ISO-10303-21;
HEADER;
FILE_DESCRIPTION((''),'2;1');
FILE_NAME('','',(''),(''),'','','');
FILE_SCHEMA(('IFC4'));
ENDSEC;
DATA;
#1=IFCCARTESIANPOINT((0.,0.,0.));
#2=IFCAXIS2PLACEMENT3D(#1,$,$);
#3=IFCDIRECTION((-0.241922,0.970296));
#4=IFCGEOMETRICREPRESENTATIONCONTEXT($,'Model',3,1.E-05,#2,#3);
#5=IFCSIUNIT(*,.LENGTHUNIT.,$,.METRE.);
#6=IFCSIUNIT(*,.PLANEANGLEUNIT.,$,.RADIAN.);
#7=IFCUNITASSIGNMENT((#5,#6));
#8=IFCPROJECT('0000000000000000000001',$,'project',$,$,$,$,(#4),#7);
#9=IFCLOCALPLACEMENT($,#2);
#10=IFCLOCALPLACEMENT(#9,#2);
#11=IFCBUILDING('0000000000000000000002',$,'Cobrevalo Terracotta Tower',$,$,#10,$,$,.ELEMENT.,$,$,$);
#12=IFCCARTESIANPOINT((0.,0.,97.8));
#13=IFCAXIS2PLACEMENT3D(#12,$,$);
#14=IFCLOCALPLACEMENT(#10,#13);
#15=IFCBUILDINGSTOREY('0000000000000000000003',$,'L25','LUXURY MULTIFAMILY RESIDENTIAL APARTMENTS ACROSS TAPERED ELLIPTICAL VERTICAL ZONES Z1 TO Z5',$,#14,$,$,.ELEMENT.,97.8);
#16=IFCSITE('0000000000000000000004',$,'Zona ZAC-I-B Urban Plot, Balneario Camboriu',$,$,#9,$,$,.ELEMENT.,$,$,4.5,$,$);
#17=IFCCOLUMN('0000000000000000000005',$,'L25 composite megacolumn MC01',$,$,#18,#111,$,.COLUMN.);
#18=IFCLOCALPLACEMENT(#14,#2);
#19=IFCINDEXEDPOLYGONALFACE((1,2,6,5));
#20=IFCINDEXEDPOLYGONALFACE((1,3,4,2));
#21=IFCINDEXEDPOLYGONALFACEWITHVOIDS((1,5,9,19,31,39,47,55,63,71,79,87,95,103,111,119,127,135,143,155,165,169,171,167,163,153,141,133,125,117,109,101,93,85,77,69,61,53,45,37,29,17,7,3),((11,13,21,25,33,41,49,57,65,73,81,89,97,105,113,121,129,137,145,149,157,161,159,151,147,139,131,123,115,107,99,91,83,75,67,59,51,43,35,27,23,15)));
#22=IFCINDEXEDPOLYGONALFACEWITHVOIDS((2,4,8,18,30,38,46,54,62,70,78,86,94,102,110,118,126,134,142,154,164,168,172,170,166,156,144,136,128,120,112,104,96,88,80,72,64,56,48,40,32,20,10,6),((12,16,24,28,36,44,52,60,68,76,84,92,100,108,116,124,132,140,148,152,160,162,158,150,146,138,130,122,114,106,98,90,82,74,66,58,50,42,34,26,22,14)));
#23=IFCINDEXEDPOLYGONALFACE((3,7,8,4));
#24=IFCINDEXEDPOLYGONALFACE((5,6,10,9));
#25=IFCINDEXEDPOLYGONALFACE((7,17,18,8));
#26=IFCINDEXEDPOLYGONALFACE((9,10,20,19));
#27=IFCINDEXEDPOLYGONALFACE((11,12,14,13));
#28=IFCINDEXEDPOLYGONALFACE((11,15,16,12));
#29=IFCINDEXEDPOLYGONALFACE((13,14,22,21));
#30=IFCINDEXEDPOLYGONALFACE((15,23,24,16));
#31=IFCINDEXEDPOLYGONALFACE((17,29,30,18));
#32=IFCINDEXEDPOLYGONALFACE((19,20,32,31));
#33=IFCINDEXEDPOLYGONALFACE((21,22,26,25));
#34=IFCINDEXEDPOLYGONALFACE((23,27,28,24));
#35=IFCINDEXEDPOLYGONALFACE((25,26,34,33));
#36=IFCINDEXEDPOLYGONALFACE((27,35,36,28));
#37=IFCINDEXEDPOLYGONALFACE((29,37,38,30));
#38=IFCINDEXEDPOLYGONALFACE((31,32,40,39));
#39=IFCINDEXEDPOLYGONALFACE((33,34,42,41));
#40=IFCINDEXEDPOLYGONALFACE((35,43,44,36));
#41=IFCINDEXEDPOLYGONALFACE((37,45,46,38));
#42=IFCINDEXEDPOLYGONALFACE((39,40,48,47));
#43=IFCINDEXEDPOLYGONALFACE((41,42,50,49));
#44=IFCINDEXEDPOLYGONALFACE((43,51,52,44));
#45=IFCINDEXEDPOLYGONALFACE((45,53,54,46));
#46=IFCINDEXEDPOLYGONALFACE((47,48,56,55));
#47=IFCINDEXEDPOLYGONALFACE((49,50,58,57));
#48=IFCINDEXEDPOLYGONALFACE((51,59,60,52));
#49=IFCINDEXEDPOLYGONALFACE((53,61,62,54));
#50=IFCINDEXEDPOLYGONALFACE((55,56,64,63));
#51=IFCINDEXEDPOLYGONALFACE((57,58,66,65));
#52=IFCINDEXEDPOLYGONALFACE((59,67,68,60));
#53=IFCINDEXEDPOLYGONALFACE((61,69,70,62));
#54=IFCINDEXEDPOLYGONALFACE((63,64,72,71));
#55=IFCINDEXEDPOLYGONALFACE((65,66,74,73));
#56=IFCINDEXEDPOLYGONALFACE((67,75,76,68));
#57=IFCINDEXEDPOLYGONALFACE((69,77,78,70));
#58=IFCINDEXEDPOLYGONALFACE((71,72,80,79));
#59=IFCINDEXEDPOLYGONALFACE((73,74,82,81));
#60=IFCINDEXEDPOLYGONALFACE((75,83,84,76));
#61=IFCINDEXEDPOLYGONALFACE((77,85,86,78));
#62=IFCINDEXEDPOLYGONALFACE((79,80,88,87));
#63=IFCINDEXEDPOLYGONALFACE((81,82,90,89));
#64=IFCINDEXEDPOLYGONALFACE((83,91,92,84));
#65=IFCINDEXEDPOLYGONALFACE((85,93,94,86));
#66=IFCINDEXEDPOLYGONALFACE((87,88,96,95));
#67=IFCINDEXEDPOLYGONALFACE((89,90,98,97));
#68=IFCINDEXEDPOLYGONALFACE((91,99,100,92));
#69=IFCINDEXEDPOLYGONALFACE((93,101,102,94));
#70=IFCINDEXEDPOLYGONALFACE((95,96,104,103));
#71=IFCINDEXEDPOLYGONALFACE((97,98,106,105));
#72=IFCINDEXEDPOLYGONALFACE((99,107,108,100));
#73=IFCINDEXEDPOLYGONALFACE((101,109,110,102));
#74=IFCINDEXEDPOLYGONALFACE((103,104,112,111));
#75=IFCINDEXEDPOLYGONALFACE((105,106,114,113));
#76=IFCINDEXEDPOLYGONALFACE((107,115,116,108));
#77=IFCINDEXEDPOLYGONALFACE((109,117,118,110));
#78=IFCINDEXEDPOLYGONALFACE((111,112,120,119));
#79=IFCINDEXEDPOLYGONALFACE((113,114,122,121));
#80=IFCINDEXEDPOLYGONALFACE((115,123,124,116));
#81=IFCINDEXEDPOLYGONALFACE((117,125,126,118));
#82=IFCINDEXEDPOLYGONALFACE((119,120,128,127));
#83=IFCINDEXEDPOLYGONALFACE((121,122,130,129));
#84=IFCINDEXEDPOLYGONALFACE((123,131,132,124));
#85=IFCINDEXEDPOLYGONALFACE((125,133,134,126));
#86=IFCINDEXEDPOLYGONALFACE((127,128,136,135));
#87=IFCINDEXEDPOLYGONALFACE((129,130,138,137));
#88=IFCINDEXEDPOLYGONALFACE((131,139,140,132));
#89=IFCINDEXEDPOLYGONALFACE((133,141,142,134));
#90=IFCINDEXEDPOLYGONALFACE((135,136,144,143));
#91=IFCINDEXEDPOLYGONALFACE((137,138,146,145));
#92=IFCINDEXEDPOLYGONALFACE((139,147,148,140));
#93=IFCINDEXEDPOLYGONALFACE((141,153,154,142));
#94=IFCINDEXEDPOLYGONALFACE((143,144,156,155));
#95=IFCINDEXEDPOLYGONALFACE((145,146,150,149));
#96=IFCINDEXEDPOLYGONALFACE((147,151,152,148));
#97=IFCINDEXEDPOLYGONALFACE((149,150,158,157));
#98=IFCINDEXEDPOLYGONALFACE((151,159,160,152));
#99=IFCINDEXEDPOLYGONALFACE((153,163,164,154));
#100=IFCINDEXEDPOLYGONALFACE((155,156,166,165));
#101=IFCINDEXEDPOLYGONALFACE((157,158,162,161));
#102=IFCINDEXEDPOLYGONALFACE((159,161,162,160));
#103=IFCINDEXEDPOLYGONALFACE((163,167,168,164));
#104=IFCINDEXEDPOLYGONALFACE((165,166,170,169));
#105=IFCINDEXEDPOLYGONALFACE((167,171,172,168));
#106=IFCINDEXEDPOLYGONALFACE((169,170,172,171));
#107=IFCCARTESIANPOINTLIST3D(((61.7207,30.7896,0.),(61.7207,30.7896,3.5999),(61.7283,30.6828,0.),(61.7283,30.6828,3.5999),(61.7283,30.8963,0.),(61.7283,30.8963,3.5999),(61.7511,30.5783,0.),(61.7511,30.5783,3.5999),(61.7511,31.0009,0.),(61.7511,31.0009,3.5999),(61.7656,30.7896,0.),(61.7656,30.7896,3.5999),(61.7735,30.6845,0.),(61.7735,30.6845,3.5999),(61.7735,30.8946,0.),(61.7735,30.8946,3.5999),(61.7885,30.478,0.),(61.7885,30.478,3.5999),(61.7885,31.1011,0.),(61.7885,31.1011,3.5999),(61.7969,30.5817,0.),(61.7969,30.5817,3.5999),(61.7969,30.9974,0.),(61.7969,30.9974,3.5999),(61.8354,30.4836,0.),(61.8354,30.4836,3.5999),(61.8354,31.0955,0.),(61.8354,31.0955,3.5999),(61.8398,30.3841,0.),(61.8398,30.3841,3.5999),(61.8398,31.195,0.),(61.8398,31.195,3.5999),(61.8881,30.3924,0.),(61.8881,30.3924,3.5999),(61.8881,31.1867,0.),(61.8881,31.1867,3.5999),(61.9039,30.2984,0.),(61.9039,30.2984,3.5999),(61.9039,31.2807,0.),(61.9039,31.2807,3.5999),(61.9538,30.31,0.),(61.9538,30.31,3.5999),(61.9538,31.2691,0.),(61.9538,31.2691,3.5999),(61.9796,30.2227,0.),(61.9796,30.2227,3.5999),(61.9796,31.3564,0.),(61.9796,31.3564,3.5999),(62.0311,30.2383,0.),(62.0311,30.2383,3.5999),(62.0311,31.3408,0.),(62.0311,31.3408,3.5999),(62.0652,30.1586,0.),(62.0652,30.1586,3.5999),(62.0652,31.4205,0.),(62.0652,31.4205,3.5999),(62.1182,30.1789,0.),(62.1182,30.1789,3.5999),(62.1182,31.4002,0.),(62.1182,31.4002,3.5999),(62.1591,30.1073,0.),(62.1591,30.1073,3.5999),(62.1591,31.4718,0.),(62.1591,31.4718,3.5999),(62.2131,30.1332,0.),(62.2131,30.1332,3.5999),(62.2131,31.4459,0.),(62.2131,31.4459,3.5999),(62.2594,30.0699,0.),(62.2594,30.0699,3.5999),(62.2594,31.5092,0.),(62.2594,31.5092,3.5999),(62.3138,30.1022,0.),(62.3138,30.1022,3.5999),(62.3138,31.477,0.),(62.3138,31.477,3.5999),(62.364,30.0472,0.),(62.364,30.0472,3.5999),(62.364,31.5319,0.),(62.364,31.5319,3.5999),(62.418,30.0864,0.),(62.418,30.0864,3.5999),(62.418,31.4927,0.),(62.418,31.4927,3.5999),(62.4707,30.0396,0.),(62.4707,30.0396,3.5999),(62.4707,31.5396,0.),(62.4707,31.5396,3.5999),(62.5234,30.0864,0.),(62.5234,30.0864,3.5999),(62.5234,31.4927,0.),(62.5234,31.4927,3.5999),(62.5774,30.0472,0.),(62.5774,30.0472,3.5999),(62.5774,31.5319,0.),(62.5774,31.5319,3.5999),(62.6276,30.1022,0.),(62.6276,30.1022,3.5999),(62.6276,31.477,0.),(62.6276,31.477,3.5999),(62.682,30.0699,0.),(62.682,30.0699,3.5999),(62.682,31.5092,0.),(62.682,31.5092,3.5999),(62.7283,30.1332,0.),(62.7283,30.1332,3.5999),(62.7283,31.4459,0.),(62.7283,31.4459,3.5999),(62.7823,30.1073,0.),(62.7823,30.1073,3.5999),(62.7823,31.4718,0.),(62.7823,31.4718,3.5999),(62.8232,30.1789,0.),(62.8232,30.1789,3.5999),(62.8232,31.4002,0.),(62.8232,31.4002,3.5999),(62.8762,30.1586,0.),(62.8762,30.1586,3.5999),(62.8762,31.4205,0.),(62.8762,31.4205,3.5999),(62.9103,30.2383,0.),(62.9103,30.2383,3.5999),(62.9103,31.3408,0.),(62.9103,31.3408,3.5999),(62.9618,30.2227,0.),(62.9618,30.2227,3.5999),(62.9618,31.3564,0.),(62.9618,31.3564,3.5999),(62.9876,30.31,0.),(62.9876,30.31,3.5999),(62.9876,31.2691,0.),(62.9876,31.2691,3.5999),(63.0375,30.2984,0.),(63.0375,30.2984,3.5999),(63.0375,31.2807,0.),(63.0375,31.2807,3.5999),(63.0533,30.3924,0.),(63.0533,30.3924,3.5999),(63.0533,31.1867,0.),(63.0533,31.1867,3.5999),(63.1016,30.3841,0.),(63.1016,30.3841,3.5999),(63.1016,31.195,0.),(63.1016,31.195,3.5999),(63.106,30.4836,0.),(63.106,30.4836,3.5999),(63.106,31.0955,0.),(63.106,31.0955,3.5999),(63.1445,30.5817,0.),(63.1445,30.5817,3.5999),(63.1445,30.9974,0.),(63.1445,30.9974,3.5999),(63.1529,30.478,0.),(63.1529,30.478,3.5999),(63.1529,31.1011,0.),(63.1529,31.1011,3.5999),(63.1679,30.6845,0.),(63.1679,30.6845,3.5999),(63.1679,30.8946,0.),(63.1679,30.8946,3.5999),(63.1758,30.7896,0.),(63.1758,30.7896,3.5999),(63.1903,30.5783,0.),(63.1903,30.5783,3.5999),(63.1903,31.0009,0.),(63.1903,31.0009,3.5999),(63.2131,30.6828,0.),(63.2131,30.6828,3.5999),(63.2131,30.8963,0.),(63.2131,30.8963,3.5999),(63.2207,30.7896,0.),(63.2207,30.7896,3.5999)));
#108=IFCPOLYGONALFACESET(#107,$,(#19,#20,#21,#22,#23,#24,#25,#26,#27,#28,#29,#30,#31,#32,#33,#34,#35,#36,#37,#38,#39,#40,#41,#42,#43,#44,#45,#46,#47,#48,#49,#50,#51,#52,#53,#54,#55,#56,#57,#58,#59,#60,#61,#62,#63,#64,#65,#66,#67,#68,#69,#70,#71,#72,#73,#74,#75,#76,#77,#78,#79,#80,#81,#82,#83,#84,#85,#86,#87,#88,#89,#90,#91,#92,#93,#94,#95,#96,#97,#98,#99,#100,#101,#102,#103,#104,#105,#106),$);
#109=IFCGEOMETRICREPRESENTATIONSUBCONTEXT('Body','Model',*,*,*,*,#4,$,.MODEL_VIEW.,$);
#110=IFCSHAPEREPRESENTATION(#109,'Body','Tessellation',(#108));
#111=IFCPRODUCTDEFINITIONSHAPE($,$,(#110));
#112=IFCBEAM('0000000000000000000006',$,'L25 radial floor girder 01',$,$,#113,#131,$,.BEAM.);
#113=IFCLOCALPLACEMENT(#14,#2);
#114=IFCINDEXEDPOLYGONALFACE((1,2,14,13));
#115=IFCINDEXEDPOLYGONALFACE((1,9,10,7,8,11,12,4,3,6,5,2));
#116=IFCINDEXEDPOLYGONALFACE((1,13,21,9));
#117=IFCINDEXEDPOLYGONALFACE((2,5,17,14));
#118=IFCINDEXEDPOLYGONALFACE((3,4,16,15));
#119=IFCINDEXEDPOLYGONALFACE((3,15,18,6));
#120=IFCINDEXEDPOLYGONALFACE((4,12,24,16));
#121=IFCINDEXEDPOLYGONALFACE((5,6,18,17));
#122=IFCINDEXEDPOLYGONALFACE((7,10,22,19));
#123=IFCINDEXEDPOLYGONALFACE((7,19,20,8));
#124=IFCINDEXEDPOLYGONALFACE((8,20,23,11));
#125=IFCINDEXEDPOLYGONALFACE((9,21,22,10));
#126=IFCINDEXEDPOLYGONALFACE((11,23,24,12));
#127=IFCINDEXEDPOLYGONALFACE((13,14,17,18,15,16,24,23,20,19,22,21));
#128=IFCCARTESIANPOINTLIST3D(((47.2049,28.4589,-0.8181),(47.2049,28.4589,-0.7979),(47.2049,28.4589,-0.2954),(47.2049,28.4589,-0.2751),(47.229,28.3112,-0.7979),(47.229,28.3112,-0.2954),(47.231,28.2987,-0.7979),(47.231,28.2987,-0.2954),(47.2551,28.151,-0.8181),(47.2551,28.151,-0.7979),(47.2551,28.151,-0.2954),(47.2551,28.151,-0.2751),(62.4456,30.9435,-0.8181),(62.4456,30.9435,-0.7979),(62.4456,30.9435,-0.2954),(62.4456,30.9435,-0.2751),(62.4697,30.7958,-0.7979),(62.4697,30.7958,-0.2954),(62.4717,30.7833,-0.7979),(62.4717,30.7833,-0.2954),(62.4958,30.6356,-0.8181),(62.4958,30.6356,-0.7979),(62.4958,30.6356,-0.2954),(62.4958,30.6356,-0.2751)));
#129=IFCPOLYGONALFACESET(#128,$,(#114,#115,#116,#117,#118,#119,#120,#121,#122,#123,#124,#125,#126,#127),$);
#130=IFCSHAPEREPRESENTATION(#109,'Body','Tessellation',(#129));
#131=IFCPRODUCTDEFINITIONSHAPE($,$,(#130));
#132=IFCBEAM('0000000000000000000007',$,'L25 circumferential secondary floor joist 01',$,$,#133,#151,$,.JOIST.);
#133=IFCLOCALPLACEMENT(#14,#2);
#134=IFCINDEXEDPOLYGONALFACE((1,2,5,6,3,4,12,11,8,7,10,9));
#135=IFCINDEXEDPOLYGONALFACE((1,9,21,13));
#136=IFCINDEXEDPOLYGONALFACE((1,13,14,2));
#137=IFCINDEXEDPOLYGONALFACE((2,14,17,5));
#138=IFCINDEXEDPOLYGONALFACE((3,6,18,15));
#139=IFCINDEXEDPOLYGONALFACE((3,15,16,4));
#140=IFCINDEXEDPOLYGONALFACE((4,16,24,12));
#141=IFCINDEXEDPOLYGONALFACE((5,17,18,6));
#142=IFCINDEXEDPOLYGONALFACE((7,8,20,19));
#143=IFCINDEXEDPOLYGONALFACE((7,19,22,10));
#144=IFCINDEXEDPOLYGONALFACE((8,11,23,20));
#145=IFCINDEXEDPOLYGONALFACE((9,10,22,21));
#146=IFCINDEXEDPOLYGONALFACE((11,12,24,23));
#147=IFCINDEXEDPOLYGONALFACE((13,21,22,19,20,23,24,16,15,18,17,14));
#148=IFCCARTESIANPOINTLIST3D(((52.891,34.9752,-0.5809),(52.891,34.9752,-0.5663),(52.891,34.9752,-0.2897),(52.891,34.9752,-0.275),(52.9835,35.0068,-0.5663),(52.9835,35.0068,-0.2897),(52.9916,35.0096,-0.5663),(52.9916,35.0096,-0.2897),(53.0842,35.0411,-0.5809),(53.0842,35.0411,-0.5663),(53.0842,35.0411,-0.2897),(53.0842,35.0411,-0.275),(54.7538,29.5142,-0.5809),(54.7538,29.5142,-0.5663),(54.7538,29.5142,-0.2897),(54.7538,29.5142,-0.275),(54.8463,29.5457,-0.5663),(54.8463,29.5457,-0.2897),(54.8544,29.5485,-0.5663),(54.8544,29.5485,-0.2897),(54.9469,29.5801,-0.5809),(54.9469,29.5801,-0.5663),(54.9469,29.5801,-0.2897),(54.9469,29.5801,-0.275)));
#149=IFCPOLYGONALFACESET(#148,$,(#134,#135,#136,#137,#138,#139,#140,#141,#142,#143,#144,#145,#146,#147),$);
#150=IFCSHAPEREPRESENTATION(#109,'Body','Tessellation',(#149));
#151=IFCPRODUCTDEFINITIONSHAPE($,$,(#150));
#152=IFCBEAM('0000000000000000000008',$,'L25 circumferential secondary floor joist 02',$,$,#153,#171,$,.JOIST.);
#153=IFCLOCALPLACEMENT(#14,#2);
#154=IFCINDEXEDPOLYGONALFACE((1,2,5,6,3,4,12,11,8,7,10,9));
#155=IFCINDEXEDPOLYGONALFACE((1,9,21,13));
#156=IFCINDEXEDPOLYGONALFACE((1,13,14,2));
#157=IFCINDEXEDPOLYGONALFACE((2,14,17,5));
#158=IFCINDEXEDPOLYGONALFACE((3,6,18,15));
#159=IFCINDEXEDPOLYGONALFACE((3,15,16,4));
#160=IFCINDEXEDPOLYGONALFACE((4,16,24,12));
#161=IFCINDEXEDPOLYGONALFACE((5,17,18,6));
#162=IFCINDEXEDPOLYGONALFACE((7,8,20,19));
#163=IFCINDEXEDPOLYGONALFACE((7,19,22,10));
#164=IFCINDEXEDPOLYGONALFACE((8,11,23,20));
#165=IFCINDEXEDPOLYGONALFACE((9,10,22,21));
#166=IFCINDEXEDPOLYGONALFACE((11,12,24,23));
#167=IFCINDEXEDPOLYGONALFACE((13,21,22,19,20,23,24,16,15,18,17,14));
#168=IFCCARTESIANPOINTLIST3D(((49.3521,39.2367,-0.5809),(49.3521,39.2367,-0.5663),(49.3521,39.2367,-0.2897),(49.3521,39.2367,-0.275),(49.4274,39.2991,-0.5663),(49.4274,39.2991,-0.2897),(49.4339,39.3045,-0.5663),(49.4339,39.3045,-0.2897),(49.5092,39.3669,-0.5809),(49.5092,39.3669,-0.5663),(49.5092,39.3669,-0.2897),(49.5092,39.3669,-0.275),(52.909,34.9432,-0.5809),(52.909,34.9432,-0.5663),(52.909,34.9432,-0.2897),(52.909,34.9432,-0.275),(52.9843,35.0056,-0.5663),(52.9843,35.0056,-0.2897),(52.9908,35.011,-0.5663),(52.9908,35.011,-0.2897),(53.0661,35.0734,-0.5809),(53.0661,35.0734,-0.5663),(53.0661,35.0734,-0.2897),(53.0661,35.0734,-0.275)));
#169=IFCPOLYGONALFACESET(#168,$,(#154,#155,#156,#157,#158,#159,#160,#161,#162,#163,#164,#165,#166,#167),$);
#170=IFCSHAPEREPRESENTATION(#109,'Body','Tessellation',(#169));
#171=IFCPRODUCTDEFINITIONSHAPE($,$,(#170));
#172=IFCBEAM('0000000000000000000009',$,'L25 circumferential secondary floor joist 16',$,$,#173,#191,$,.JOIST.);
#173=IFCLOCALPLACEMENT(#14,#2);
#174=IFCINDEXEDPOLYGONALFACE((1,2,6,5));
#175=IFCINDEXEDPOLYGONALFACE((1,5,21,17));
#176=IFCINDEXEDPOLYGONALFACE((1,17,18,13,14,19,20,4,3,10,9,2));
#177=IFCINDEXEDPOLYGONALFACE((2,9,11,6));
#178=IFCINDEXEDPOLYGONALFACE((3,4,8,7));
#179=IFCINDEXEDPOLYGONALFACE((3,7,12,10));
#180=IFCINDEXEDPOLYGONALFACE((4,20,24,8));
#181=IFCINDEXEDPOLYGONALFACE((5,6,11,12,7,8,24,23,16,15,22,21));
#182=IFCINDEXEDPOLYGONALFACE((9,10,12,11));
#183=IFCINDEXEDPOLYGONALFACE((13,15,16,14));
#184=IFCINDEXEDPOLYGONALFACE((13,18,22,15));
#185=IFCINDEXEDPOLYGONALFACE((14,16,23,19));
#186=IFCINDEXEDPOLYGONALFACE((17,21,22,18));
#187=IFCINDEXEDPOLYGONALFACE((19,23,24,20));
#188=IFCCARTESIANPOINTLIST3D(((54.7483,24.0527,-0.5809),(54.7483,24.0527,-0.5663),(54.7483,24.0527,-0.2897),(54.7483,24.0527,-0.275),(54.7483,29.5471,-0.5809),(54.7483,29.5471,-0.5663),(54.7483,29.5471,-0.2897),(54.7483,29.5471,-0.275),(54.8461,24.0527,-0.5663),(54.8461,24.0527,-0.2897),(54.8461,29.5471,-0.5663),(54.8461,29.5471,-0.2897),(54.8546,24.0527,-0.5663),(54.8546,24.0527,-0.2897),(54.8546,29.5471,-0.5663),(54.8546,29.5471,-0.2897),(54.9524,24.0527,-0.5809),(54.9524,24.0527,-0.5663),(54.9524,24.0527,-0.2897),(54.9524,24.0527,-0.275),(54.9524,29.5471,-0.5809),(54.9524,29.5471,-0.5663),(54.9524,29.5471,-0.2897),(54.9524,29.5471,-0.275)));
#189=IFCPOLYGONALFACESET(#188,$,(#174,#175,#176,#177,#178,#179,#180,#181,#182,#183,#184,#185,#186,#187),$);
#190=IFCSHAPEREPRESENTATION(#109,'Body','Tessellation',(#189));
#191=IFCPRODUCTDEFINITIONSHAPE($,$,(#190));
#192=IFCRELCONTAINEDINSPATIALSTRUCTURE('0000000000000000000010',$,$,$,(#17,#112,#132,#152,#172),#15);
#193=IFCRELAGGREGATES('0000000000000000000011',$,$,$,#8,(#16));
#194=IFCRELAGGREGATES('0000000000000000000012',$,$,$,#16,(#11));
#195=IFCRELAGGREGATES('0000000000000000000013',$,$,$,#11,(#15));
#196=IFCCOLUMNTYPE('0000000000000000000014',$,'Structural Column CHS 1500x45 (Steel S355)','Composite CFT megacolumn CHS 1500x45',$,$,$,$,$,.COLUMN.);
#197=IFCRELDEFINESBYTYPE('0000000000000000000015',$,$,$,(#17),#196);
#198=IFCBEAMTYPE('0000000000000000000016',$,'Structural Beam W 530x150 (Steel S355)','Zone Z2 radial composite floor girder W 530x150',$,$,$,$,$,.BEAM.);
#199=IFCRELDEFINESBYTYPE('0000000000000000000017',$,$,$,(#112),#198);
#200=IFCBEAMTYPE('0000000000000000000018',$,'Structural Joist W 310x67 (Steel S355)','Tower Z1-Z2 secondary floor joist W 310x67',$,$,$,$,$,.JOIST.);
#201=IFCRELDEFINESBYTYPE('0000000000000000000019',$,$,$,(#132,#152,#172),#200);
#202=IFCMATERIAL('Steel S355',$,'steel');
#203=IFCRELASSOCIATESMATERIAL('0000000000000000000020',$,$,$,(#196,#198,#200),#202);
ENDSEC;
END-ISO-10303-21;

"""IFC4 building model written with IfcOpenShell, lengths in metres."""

from ifc_helpers import new_model, si_unit, direction, frame, origin, origin_2d, place, context, subcontext, project, spatial, hollow_circle, i_section, extrude, material, material_profile, profile_set, type_object, element, save


model = new_model("IFC4")

# Units and contexts
model_context = context("Model", 3, precision=1e-05, world=origin(), true_north=direction((-0.241922, 0.970296)))
body_context = subcontext(model_context, "Body", "Model", "MODEL_VIEW")
ifc_project = project(units=[si_unit("LENGTHUNIT", "METRE"), si_unit("PLANEANGLEUNIT", "RADIAN")], contexts=[model_context])

# Site, building, storey
site_placement = place(None, origin())
site = spatial("IfcSite", under=ifc_project, at=site_placement, Name="Zona ZAC-I-B Urban Plot, Balneario Camboriu", CompositionType="ELEMENT", RefElevation=4.5)
building_placement = place(site_placement, origin())
building = spatial("IfcBuilding", under=site, at=building_placement, Name="Cobrevalo Terracotta Tower", CompositionType="ELEMENT")
storey_placement = place(building_placement, frame((0.0, 0.0, 97.8)))
storey = spatial("IfcBuildingStorey", under=building, at=storey_placement, Name="L25", Description="LUXURY MULTIFAMILY RESIDENTIAL APARTMENTS ACROSS TAPERED ELLIPTICAL VERTICAL ZONES Z1 TO Z5", CompositionType="ELEMENT", Elevation=97.8)

# Column
ifc_material_1 = material(Name="Steel S355", Category="steel")
ifc_material_profile_1 = material_profile(ifc_material_1, hollow_circle(Radius=0.75, WallThickness=0.0449, at=origin_2d()), Name="CHS 1500x45")
ifc_profile_set_1 = profile_set([ifc_material_profile_1], Name="Steel S355")
column_type = type_object("IfcColumnType", Name="Structural Column CHS 1500x45 (Steel S355)", Description="Composite CFT megacolumn CHS 1500x45", PredefinedType="COLUMN", material=ifc_profile_set_1)
column_placement = place(storey_placement, frame((62.4707, 30.7896, 0.0), z_axis=(0.0, 0.0, 1.0), x_axis=(1.0, 0.0, 0.0)))
element("IfcColumn", 1, at=column_placement, inside=storey, type_object=column_type, Name="L25 composite megacolumn MC01", PredefinedType="COLUMN", context=body_context, shape_type="SweptSolid", body=[
    extrude(hollow_circle(Radius=0.75, WallThickness=0.0449, at=origin_2d()), origin(), (0.0, 0.0, 1.0), 3.5999),
])

# Beams
ifc_material_profile_2 = material_profile(ifc_material_1, i_section(OverallWidth=0.312, OverallDepth=0.543, WebThickness=0.0127, FlangeThickness=0.0203, at=origin_2d()), Name="W 530x150")
ifc_profile_set_2 = profile_set([ifc_material_profile_2], Name="Steel S355")
beam_type_1 = type_object("IfcBeamType", Name="Structural Beam W 530x150 (Steel S355)", Description="Zone Z2 radial composite floor girder W 530x150", PredefinedType="BEAM", material=ifc_profile_set_2)
beam_1_placement = place(storey_placement, frame((62.4707, 30.7896, -0.5466), z_axis=(-0.986971, -0.160901, 0.0), x_axis=(0.160901, -0.986971, 0.0)))
element("IfcBeam", 2, at=beam_1_placement, inside=storey, type_object=beam_type_1, Name="L25 radial floor girder 01", PredefinedType="BEAM", context=body_context, shape_type="SweptSolid", body=[
    extrude(i_section(OverallWidth=0.312, OverallDepth=0.543, WebThickness=0.0127, FlangeThickness=0.0203, at=origin_2d()), origin(), (0.0, 0.0, 1.0), 15.4419),
])
ifc_material_profile_3 = material_profile(ifc_material_1, i_section(OverallWidth=0.2041, OverallDepth=0.3059, WebThickness=0.0085, FlangeThickness=0.0146, at=origin_2d()), Name="W 310x67")
ifc_profile_set_3 = profile_set([ifc_material_profile_3], Name="Steel S355")
beam_type_2 = type_object("IfcBeamType", Name="Structural Joist W 310x67 (Steel S355)", Description="Tower Z1-Z2 secondary floor joist W 310x67", PredefinedType="JOIST", material=ifc_profile_set_3)
beam_2_placement = place(storey_placement, frame((54.8503, 29.5471, -0.428), z_axis=(-0.322833, 0.946456, 0.0), x_axis=(-0.946456, -0.322833, 0.0)))
element("IfcBeam", 3, at=beam_2_placement, inside=storey, type_object=beam_type_2, Name="L25 circumferential secondary floor joist 01", PredefinedType="JOIST", context=body_context, shape_type="SweptSolid", body=[
    extrude(i_section(OverallWidth=0.2041, OverallDepth=0.3059, WebThickness=0.0085, FlangeThickness=0.0146, at=origin_2d()), origin(), (0.0, 0.0, 1.0), 5.77),
])
beam_3_placement = place(storey_placement, frame((52.9875, 35.0083, -0.428), z_axis=(-0.637959, 0.77007, 0.0), x_axis=(-0.77007, -0.637959, 0.0)))
element("IfcBeam", 4, at=beam_3_placement, inside=storey, type_object=beam_type_2, Name="L25 circumferential secondary floor joist 02", PredefinedType="JOIST", context=body_context, shape_type="SweptSolid", body=[
    extrude(i_section(OverallWidth=0.2041, OverallDepth=0.3059, WebThickness=0.0085, FlangeThickness=0.0146, at=origin_2d()), origin(), (0.0, 0.0, 1.0), 5.5754),
])
beam_4_placement = place(storey_placement, frame((54.8503, 24.0527, -0.428), z_axis=(0.0, 1.0, 0.0), x_axis=(-1.0, 0.0, 0.0)))
element("IfcBeam", 5, at=beam_4_placement, inside=storey, type_object=beam_type_2, Name="L25 circumferential secondary floor joist 16", PredefinedType="JOIST", context=body_context, shape_type="SweptSolid", body=[
    extrude(i_section(OverallWidth=0.2041, OverallDepth=0.3059, WebThickness=0.0085, FlangeThickness=0.0146, at=origin_2d()), origin(), (0.0, 0.0, 1.0), 5.4944),
])

save(model, "model.ifc")
